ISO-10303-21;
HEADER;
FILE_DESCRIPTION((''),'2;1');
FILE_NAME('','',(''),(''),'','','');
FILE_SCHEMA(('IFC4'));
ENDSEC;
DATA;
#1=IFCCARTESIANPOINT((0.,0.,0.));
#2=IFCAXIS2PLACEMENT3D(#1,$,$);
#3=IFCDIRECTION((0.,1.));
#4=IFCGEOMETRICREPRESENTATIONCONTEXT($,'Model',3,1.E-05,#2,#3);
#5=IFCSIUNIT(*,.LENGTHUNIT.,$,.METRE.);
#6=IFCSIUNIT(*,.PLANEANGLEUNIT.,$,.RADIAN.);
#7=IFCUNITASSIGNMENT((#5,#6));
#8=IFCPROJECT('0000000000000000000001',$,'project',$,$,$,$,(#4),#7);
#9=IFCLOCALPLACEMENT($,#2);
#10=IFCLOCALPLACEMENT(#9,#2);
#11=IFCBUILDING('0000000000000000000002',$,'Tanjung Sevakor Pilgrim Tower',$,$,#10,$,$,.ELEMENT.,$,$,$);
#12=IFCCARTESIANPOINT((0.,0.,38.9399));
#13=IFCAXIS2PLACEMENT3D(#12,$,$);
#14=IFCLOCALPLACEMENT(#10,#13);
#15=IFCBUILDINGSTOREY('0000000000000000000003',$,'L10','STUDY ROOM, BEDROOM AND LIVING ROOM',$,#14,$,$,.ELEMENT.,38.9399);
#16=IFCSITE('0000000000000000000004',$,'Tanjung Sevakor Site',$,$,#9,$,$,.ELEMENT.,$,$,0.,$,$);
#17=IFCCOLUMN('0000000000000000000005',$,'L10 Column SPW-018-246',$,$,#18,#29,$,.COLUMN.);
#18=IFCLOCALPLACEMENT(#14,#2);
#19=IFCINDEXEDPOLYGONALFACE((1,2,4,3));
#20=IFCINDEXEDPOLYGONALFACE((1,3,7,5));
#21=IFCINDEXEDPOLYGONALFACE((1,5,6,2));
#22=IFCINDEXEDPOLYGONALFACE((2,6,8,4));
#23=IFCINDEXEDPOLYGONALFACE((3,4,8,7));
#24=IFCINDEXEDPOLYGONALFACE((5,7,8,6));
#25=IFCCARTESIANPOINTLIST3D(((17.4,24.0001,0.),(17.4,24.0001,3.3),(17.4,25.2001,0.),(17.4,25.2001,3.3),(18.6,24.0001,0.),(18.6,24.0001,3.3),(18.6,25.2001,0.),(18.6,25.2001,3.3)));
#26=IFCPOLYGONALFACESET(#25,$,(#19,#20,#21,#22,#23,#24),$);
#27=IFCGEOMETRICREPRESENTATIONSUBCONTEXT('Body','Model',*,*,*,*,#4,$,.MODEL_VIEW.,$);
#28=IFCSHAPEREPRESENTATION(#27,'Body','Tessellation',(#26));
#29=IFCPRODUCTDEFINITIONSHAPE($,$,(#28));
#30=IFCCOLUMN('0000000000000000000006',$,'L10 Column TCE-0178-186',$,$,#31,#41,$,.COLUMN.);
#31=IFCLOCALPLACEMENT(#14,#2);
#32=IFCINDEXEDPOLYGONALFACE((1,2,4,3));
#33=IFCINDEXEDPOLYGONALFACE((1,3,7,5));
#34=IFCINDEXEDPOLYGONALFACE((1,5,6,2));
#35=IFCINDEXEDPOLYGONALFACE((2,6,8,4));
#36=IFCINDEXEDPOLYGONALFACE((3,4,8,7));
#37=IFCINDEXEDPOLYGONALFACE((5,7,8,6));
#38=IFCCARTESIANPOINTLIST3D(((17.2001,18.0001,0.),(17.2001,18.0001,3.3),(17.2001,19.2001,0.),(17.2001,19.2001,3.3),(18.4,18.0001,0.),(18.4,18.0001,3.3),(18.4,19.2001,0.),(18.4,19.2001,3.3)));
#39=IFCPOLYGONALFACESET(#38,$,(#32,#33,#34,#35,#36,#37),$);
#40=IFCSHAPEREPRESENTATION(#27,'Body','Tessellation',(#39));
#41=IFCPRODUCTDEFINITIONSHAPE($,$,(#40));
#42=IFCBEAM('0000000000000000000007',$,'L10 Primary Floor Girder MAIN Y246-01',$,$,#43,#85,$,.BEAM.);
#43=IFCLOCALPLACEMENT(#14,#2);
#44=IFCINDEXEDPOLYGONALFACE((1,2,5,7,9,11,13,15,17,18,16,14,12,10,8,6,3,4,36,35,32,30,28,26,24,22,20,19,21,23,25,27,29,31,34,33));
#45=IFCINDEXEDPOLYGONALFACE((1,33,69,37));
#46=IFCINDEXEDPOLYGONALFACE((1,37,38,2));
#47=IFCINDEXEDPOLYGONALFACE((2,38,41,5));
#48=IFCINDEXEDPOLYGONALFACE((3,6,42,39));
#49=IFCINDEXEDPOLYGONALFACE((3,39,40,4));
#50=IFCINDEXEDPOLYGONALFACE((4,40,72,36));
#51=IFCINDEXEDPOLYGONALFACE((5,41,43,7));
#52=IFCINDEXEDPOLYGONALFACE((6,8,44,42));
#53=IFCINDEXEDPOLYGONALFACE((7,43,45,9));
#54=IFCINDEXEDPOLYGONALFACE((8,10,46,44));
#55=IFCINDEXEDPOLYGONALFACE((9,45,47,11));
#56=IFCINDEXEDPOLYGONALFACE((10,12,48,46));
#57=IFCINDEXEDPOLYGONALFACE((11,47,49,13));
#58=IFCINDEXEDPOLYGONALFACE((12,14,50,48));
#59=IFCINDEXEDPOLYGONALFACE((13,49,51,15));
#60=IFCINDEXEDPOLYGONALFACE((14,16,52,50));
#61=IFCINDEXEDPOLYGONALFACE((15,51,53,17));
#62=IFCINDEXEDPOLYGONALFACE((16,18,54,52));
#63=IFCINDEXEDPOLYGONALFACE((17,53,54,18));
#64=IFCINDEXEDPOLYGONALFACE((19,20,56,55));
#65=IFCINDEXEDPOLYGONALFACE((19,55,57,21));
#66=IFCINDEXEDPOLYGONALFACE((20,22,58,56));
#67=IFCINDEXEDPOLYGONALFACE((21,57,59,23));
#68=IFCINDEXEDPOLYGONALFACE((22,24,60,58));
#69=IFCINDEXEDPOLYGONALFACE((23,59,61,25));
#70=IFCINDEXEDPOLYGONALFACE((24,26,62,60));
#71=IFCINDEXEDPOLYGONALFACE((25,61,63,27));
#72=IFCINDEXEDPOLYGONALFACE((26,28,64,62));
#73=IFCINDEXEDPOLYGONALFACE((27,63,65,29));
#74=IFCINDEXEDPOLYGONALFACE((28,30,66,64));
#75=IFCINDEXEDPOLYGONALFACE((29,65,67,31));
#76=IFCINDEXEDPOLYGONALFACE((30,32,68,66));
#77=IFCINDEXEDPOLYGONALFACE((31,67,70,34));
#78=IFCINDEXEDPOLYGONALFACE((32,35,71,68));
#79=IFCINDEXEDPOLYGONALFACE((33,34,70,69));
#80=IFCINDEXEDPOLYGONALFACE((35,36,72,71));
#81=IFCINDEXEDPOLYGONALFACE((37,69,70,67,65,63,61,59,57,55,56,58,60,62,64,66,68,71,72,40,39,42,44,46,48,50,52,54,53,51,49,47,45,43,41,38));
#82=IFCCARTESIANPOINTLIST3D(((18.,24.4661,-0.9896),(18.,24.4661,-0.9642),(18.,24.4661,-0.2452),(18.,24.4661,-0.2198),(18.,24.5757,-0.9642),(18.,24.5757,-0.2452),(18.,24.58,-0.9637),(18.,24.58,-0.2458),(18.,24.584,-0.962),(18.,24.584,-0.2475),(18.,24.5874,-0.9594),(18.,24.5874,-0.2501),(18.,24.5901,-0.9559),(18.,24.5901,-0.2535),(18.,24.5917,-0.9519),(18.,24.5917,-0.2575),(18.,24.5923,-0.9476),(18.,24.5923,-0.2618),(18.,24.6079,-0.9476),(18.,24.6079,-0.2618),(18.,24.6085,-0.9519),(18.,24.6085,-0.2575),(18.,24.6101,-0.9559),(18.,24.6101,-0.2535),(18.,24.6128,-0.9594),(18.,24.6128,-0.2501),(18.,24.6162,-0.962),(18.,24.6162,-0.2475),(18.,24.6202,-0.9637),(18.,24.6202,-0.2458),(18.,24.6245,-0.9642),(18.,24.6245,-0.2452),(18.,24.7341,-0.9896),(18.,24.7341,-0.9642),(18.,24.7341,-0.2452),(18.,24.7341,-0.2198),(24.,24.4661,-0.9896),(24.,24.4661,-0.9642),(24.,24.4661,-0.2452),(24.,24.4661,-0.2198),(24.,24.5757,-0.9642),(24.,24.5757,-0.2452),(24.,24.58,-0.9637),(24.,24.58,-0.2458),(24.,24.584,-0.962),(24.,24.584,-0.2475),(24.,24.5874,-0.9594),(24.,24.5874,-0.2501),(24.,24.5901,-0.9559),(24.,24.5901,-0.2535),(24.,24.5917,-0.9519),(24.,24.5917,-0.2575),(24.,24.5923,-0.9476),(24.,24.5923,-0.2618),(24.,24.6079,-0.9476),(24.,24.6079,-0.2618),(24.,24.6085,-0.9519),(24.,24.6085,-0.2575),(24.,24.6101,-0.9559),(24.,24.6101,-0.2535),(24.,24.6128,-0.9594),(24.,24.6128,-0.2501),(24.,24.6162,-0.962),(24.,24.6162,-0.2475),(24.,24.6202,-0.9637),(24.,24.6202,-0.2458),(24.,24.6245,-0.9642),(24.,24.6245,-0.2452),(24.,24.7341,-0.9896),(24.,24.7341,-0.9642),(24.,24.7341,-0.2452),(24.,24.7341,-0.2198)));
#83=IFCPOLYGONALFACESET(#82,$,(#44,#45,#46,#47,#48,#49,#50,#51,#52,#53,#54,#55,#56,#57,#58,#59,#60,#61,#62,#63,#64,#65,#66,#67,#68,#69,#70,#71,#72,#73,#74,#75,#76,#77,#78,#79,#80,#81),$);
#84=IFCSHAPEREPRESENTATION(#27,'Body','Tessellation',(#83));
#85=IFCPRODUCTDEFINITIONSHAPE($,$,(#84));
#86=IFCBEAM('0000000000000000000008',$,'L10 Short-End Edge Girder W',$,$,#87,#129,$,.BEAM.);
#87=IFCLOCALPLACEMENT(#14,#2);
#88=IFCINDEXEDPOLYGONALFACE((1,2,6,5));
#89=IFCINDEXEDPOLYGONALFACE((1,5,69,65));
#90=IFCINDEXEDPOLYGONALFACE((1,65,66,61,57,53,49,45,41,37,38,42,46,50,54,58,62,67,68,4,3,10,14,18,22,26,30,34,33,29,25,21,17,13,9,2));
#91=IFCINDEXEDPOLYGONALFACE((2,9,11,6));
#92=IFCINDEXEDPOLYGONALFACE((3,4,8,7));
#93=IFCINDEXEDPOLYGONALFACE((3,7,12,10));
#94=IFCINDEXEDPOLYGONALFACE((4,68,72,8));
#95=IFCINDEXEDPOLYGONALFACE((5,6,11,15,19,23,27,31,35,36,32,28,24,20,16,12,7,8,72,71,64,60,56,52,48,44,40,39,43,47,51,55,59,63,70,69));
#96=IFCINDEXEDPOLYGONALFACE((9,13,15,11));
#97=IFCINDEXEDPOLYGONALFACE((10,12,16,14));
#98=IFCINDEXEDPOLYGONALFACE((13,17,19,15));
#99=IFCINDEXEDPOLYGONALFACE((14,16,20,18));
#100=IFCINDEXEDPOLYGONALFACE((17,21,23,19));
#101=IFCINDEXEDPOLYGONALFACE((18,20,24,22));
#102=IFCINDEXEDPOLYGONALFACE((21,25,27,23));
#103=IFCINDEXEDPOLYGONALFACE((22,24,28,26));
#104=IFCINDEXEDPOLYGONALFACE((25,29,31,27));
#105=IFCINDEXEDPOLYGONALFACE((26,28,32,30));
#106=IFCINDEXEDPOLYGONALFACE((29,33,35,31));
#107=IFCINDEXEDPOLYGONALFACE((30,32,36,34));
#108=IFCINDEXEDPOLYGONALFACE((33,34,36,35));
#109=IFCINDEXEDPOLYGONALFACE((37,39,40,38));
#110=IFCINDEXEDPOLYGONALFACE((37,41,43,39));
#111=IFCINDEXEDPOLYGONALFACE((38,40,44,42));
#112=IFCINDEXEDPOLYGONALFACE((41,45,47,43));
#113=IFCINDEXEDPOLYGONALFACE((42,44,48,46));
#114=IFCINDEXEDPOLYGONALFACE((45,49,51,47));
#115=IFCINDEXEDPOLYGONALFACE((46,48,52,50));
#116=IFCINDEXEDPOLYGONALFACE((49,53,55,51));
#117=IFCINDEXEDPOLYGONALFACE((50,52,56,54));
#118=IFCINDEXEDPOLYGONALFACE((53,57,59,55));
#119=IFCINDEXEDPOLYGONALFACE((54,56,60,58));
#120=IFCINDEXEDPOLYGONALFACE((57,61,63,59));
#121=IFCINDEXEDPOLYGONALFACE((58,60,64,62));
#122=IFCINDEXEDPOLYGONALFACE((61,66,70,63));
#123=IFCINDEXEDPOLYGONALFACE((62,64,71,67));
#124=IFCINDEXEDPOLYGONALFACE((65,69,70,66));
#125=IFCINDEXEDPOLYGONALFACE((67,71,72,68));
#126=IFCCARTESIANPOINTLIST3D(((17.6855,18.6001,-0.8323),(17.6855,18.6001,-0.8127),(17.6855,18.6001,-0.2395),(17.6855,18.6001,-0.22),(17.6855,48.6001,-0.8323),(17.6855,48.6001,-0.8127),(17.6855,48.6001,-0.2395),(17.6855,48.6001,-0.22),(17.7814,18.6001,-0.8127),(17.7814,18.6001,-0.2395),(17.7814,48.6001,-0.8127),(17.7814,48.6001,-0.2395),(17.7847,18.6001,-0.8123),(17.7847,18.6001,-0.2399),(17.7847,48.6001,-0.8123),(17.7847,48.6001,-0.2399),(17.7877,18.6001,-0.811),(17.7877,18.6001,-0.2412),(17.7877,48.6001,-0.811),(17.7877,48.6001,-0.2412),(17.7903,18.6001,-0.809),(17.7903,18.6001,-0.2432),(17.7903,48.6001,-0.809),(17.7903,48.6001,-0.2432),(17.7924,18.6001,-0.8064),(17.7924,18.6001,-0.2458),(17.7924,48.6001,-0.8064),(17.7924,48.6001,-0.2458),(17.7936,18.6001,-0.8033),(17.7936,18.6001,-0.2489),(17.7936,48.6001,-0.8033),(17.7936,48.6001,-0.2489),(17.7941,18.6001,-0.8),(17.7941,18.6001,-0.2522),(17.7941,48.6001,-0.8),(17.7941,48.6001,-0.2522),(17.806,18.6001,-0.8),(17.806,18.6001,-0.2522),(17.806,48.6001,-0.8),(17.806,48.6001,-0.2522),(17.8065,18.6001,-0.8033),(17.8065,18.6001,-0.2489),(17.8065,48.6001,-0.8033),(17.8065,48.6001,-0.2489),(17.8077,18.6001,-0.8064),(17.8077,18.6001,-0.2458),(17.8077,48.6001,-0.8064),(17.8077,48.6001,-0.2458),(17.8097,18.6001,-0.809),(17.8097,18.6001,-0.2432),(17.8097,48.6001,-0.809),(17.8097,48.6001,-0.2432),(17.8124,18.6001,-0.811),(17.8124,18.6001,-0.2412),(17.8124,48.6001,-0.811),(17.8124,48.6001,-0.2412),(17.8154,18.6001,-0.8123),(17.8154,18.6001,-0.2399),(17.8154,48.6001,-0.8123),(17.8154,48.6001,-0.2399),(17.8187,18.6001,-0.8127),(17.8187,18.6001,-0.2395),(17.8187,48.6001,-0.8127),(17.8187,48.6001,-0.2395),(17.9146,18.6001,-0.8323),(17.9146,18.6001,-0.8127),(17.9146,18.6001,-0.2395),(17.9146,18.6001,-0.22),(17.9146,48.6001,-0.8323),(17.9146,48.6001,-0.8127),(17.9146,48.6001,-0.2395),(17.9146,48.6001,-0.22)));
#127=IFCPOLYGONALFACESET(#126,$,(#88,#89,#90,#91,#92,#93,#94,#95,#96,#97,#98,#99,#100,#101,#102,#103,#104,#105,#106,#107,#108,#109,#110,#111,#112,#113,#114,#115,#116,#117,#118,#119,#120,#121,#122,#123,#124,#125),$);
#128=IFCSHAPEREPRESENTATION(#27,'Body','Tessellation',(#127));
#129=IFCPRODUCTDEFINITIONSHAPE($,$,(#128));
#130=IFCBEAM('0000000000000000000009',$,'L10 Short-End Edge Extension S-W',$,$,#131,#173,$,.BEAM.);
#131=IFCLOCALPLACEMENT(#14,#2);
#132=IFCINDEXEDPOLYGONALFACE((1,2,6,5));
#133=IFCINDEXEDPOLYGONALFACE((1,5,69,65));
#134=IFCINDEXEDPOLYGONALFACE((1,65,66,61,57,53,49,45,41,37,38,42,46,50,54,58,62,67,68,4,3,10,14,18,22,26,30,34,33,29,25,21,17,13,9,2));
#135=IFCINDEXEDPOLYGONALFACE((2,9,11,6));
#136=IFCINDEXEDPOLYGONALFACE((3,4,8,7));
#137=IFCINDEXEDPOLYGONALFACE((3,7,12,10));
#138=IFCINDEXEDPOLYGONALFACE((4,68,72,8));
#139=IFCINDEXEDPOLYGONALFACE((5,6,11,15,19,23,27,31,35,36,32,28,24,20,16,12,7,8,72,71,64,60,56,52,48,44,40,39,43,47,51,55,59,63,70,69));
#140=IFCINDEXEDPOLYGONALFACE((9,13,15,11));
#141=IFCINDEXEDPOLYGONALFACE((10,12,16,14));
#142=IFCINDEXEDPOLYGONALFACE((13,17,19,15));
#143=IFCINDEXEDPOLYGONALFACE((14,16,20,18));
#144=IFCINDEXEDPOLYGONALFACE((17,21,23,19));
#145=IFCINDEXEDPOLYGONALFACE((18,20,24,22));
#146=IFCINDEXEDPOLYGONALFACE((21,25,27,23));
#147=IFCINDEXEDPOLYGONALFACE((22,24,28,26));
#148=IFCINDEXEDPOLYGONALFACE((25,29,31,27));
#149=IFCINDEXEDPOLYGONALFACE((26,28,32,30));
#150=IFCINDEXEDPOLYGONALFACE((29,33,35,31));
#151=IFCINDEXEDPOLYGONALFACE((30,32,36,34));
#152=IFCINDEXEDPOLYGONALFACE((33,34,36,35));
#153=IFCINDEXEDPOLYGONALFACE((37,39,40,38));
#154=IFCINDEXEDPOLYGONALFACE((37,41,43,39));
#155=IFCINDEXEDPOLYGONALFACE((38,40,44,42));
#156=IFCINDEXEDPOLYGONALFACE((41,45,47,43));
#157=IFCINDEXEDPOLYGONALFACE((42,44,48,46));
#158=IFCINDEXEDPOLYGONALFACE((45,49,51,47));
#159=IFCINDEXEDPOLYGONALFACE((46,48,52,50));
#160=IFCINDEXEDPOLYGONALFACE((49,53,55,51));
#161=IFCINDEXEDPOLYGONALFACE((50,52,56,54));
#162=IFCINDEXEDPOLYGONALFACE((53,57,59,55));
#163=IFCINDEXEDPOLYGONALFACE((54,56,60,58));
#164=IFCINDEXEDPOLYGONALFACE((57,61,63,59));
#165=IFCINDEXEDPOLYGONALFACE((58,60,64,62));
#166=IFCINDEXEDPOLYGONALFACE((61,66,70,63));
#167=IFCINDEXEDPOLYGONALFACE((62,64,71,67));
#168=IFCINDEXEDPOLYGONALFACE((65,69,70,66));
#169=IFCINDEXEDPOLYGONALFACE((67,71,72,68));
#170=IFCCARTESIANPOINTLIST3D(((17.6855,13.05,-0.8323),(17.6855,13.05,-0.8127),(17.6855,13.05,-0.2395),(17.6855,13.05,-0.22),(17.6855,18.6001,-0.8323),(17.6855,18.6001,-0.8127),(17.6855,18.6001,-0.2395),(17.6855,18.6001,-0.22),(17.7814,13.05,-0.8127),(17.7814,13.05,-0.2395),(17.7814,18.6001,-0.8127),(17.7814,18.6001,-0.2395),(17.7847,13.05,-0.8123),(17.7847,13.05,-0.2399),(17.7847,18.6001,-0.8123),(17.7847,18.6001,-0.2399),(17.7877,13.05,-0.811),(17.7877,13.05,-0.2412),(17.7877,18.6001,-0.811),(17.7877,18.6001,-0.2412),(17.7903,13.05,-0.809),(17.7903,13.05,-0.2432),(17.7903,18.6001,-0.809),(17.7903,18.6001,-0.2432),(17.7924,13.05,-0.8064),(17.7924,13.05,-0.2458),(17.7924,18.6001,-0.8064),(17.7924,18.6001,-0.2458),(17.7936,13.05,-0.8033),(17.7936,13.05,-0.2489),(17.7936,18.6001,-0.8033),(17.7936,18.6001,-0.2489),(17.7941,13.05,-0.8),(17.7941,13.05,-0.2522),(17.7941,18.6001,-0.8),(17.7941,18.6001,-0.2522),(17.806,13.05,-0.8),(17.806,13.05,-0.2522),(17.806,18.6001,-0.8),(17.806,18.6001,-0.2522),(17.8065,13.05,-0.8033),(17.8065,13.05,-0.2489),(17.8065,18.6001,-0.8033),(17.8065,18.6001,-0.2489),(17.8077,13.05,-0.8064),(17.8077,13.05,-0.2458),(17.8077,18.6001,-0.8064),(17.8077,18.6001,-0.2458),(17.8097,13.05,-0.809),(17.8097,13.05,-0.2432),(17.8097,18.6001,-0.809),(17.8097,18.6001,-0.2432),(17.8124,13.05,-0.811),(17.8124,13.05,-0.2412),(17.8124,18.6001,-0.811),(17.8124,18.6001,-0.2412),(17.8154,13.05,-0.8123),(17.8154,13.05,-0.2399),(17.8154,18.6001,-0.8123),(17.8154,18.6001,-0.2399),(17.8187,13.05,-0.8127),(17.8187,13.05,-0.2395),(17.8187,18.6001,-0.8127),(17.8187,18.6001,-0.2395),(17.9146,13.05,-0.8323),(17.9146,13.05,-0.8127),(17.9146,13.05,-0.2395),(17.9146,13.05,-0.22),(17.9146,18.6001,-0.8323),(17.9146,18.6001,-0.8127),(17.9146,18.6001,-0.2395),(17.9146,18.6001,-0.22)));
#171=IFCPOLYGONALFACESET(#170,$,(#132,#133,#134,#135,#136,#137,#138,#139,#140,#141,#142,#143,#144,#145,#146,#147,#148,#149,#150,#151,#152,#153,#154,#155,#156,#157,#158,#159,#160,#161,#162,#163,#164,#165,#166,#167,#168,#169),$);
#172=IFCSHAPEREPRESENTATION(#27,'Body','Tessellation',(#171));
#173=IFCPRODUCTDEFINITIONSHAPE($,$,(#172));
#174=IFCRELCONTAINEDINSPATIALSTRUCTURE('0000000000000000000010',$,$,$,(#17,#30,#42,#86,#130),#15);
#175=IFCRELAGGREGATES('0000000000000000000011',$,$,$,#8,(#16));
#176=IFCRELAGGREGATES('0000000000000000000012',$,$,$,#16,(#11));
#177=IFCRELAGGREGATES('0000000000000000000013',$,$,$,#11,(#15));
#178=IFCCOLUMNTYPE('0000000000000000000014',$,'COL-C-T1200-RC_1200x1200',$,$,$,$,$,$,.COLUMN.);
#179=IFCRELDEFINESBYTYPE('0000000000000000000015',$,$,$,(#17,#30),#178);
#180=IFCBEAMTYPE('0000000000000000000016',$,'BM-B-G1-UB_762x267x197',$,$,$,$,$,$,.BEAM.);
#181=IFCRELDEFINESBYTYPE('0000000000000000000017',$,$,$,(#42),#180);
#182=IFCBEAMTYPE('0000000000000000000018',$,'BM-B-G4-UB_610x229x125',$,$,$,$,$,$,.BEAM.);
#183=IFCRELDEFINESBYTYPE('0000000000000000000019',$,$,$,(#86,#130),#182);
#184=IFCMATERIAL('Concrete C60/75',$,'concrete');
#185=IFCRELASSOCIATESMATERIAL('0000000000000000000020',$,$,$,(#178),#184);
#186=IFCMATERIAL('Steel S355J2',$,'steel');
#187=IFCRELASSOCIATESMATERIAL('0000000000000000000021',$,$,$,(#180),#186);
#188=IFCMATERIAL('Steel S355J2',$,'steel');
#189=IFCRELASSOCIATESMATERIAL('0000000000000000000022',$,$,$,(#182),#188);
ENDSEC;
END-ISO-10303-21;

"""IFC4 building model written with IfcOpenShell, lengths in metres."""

from ifc_helpers import new_model, si_unit, direction, frame, origin, origin_2d, place, context, subcontext, project, spatial, rectangle, i_section, extrude, material, material_profile, profile_set, type_object, element, save


model = new_model("IFC4")

# Units and contexts
model_context = context("Model", 3, precision=1e-05, world=origin(), true_north=direction((0.0, 1.0)))
body_context = subcontext(model_context, "Body", "Model", "MODEL_VIEW")
ifc_project = project(units=[si_unit("LENGTHUNIT", "METRE"), si_unit("PLANEANGLEUNIT", "RADIAN")], contexts=[model_context])

# Site, building, storey
site_placement = place(None, origin())
site = spatial("IfcSite", under=ifc_project, at=site_placement, Name="Tanjung Sevakor Site", CompositionType="ELEMENT", RefElevation=0.0)
building_placement = place(site_placement, origin())
building = spatial("IfcBuilding", under=site, at=building_placement, Name="Tanjung Sevakor Pilgrim Tower", CompositionType="ELEMENT")
storey_placement = place(building_placement, frame((0.0, 0.0, 38.9399)))
storey = spatial("IfcBuildingStorey", under=building, at=storey_placement, Name="L10", Description="STUDY ROOM, BEDROOM AND LIVING ROOM", CompositionType="ELEMENT", Elevation=38.9399)

# Columns
ifc_material_1 = material(Name="Concrete C60/75", Category="concrete")
ifc_material_profile_1 = material_profile(ifc_material_1, rectangle(XDim=1.2, YDim=1.2, at=origin_2d()))
ifc_profile_set_1 = profile_set([ifc_material_profile_1], Name="Concrete C60/75")
column_type = type_object("IfcColumnType", Name="COL-C-T1200-RC_1200x1200", PredefinedType="COLUMN", material=ifc_profile_set_1)
for number, where, z_axis, x_axis, name in (
    (1, (18.0, 24.6001, 0.0), (0.0, 0.0, 1.0), (1.0, 0.0, 0.0), "L10 Column SPW-018-246"),
    (2, (17.8, 18.6001, 0.0), (0.0, 0.0, 1.0), (1.0, 0.0, 0.0), "L10 Column TCE-0178-186"),
):
    element("IfcColumn", number, at=place(storey_placement, frame(where, z_axis=z_axis, x_axis=x_axis)), inside=storey, type_object=column_type, Name=name, PredefinedType="COLUMN", context=body_context, shape_type="SweptSolid", body=[
        extrude(rectangle(XDim=1.2, YDim=1.2, at=origin_2d()), origin(), (0.0, 0.0, 1.0), 3.3),
    ])

# Beams
ifc_material_2 = material(Name="Steel S355J2", Category="steel")
ifc_material_profile_2 = material_profile(ifc_material_2, i_section(OverallWidth=0.2681, OverallDepth=0.7698, WebThickness=0.0156, FlangeThickness=0.0254, FilletRadius=0.0166, at=origin_2d()))
ifc_profile_set_2 = profile_set([ifc_material_profile_2], Name="Steel S355J2")
beam_type_1 = type_object("IfcBeamType", Name="BM-B-G1-UB_762x267x197", PredefinedType="BEAM", material=ifc_profile_set_2)
beam_1_placement = place(storey_placement, frame((18.0, 24.6001, -0.6047), z_axis=(1.0, 0.0, 0.0), x_axis=(0.0, 1.0, 0.0)))
element("IfcBeam", 3, at=beam_1_placement, inside=storey, type_object=beam_type_1, Name="L10 Primary Floor Girder MAIN Y246-01", PredefinedType="BEAM", context=body_context, shape_type="SweptSolid", body=[
    extrude(i_section(OverallWidth=0.2681, OverallDepth=0.7698, WebThickness=0.0156, FlangeThickness=0.0254, FilletRadius=0.0166, at=origin_2d()), origin(), (0.0, 0.0, 1.0), 6.0),
])
ifc_material_3 = material(Name="Steel S355J2", Category="steel")
ifc_material_profile_3 = material_profile(ifc_material_3, i_section(OverallWidth=0.229, OverallDepth=0.6123, WebThickness=0.012, FlangeThickness=0.0195, FilletRadius=0.0127, at=origin_2d()))
ifc_profile_set_3 = profile_set([ifc_material_profile_3], Name="Steel S355J2")
beam_type_2 = type_object("IfcBeamType", Name="BM-B-G4-UB_610x229x125", PredefinedType="BEAM", material=ifc_profile_set_3)
beam_2_placement = place(storey_placement, frame((17.8, 18.6001, -0.5261), z_axis=(0.0, 1.0, 0.0), x_axis=(-1.0, 0.0, 0.0)))
element("IfcBeam", 4, at=beam_2_placement, inside=storey, type_object=beam_type_2, Name="L10 Short-End Edge Girder W", PredefinedType="BEAM", context=body_context, shape_type="SweptSolid", body=[
    extrude(i_section(OverallWidth=0.229, OverallDepth=0.6123, WebThickness=0.012, FlangeThickness=0.0195, FilletRadius=0.0127, at=origin_2d()), origin(), (0.0, 0.0, 1.0), 30.0),
])
beam_3_placement = place(storey_placement, frame((17.8, 18.6001, -0.5261), z_axis=(0.0, -1.0, 0.0), x_axis=(1.0, 0.0, 0.0)))
element("IfcBeam", 5, at=beam_3_placement, inside=storey, type_object=beam_type_2, Name="L10 Short-End Edge Extension S-W", PredefinedType="BEAM", context=body_context, shape_type="SweptSolid", body=[
    extrude(i_section(OverallWidth=0.229, OverallDepth=0.6123, WebThickness=0.012, FlangeThickness=0.0195, FilletRadius=0.0127, at=origin_2d()), origin(), (0.0, 0.0, 1.0), 5.55),
])

save(model, "model.ifc")
